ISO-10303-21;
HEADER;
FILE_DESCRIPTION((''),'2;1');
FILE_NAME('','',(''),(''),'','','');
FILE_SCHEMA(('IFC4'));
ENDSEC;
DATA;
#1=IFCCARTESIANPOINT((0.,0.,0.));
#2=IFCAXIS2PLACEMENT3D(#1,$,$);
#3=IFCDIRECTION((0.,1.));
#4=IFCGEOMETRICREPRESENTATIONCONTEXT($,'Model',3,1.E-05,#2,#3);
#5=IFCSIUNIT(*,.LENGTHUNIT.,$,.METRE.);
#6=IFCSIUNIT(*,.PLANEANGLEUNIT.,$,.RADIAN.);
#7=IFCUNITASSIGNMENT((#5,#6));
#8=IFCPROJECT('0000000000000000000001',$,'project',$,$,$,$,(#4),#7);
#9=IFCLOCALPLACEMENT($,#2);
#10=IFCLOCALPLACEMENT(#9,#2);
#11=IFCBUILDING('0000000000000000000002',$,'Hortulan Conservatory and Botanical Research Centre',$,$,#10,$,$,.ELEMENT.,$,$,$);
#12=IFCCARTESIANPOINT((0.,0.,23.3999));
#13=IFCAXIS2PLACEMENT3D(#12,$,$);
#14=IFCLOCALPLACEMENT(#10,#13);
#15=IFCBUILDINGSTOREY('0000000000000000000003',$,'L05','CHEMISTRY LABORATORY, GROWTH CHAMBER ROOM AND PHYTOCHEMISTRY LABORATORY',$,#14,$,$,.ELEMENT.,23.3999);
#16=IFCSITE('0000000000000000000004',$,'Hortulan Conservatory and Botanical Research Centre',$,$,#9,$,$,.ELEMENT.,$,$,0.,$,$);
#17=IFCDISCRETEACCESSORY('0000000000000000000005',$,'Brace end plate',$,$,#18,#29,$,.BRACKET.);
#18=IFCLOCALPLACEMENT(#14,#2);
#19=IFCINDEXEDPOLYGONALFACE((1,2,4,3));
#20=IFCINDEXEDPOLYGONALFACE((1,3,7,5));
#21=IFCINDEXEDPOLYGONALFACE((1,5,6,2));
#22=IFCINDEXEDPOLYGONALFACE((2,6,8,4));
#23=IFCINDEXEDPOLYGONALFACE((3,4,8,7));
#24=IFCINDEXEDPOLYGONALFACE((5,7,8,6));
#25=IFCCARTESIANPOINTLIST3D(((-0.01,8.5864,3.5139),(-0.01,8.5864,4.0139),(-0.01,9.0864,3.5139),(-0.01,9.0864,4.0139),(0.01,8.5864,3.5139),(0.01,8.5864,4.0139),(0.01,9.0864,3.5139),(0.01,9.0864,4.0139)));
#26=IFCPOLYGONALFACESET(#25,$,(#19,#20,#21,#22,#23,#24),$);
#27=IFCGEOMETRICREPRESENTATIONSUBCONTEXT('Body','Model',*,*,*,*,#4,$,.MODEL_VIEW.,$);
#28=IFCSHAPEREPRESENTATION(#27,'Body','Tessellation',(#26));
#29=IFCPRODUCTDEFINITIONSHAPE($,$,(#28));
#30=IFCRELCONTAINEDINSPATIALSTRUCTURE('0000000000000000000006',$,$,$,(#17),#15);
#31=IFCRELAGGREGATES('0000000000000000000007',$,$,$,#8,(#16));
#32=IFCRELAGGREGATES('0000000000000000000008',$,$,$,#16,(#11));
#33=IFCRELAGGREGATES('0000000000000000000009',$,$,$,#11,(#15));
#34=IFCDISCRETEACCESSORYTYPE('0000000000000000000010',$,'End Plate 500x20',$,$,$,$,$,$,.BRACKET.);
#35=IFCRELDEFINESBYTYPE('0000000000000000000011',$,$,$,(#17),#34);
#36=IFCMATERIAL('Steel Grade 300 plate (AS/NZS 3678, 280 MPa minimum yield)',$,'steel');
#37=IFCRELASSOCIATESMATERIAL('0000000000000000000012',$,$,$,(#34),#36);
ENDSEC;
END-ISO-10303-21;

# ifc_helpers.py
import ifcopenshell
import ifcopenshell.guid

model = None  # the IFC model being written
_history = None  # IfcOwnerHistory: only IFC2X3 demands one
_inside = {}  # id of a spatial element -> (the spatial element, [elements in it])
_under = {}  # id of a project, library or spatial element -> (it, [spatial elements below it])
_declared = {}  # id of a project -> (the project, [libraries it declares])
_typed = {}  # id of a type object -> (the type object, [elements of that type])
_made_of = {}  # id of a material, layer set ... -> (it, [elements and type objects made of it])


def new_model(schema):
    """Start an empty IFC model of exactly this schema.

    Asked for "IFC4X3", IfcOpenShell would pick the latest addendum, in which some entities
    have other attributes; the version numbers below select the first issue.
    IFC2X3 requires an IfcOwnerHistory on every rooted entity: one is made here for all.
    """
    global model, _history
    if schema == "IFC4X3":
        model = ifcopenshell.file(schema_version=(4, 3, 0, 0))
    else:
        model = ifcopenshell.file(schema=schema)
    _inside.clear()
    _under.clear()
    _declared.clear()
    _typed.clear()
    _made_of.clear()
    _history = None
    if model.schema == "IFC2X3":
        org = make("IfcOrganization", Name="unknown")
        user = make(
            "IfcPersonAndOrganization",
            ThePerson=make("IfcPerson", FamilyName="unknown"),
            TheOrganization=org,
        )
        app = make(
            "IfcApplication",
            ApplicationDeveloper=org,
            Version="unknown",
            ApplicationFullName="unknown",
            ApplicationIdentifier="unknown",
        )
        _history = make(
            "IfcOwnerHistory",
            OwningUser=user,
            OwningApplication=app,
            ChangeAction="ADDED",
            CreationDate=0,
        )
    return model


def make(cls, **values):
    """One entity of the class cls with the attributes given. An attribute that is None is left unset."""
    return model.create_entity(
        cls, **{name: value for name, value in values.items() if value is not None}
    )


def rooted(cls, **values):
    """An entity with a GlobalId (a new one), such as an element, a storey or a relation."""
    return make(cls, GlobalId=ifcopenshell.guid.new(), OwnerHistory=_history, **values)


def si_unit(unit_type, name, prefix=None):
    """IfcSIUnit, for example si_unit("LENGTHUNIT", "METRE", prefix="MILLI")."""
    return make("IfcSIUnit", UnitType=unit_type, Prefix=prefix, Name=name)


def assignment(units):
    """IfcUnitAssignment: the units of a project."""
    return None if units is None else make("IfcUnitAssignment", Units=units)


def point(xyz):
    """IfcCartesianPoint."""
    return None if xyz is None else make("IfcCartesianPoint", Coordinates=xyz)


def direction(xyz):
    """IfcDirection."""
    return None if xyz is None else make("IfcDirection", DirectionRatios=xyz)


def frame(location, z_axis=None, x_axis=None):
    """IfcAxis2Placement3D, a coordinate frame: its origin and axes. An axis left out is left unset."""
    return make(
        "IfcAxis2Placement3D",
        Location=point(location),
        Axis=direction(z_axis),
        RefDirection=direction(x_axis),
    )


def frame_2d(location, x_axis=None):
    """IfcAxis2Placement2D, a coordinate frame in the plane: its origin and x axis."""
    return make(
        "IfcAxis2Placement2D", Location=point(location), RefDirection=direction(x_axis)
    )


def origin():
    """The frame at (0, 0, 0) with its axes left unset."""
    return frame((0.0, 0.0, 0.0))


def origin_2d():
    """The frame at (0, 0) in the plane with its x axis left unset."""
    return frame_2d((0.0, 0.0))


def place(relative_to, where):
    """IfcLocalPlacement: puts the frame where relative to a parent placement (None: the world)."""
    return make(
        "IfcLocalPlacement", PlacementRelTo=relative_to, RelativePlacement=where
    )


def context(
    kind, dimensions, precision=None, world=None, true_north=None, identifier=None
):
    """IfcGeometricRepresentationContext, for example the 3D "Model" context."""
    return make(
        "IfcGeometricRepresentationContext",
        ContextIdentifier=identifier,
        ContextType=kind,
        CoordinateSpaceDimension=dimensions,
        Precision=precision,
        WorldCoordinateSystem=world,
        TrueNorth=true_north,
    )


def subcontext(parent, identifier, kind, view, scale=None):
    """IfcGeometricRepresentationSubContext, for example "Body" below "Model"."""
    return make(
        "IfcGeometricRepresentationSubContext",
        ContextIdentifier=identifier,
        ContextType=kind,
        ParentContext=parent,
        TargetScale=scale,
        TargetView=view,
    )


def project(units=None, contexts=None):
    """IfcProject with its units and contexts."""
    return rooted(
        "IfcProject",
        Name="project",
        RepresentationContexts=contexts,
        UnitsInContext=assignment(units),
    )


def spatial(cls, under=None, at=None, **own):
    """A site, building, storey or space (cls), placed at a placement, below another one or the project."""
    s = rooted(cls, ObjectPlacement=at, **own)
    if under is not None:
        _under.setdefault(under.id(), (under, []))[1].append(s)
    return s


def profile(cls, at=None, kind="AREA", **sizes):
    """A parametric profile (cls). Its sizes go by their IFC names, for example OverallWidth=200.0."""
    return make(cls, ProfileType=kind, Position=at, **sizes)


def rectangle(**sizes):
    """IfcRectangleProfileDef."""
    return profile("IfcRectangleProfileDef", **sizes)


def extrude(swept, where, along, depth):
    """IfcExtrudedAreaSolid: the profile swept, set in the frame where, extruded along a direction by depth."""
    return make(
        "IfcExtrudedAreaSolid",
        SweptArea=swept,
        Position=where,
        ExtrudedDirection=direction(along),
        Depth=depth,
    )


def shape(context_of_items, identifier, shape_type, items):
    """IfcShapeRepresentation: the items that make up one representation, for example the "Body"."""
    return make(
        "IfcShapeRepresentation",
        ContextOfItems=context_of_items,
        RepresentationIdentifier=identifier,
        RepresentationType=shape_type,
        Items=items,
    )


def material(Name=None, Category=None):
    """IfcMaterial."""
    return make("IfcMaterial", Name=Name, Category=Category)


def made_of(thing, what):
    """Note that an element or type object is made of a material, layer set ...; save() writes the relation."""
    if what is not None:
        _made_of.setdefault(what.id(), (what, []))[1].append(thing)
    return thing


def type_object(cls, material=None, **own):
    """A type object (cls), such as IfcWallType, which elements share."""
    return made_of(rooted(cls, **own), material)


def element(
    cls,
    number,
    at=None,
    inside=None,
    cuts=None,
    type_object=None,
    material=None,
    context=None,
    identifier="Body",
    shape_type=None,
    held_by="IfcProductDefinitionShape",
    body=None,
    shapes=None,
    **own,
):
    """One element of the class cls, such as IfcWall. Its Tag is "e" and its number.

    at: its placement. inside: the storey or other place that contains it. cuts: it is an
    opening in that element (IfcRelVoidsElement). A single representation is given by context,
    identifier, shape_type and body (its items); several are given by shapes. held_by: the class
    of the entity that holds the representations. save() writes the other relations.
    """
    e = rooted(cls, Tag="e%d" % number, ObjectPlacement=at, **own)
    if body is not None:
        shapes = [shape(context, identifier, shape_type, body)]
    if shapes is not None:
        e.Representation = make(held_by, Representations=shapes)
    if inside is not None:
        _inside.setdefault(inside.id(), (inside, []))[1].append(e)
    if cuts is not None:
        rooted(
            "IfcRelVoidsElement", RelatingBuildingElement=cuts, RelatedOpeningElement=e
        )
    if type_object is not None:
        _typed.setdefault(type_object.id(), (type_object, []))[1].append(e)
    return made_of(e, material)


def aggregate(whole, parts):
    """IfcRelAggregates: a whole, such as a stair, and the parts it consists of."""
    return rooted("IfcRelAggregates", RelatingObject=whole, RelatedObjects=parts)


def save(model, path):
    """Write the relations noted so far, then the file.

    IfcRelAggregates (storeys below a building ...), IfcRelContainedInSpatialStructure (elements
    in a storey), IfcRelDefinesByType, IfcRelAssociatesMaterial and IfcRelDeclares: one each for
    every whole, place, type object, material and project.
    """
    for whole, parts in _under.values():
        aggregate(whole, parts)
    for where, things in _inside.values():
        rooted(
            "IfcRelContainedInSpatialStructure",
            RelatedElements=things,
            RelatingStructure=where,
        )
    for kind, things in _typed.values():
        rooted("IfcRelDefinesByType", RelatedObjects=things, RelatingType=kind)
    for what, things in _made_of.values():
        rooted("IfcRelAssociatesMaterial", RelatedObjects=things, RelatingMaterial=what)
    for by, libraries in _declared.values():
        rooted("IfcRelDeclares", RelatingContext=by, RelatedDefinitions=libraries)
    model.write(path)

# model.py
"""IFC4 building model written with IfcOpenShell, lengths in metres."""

from ifc_helpers import new_model, si_unit, direction, frame, origin, origin_2d, place, context, subcontext, project, spatial, rectangle, extrude, material, type_object, element, save


model = new_model("IFC4")

# Units and contexts
model_context = context("Model", 3, precision=1e-05, world=origin(), true_north=direction((0.0, 1.0)))
body_context = subcontext(model_context, "Body", "Model", "MODEL_VIEW")
ifc_project = project(units=[si_unit("LENGTHUNIT", "METRE"), si_unit("PLANEANGLEUNIT", "RADIAN")], contexts=[model_context])

# Site, building, storey
site_placement = place(None, origin())
site = spatial("IfcSite", under=ifc_project, at=site_placement, Name="Hortulan Conservatory and Botanical Research Centre", CompositionType="ELEMENT", RefElevation=0.0)
building_placement = place(site_placement, origin())
building = spatial("IfcBuilding", under=site, at=building_placement, Name="Hortulan Conservatory and Botanical Research Centre", CompositionType="ELEMENT")
storey_placement = place(building_placement, frame((0.0, 0.0, 23.3999)))
storey = spatial("IfcBuildingStorey", under=building, at=storey_placement, Name="L05", Description="CHEMISTRY LABORATORY, GROWTH CHAMBER ROOM AND PHYTOCHEMISTRY LABORATORY", CompositionType="ELEMENT", Elevation=23.3999)

# Discrete accessory
ifc_material_1 = material(Name="Steel Grade 300 plate (AS/NZS 3678, 280 MPa minimum yield)", Category="steel")
discrete_accessory_type_1 = type_object("IfcDiscreteAccessoryType", Name="End Plate 500x20", PredefinedType="BRACKET", material=ifc_material_1)
discrete_accessory_1_placement = place(storey_placement, frame((0.0, 8.8364, 3.5139), z_axis=(0.0, 0.0, 1.0), x_axis=(0.0, -1.0, 0.0)))
element("IfcDiscreteAccessory", 1, at=discrete_accessory_1_placement, inside=storey, type_object=discrete_accessory_type_1, Name="Brace end plate", PredefinedType="BRACKET", context=body_context, shape_type="SweptSolid", body=[
    extrude(rectangle(XDim=0.5, YDim=0.02, at=origin_2d()), origin(), (0.0, 0.0, 1.0), 0.5),
])

save(model, "model.ifc")
